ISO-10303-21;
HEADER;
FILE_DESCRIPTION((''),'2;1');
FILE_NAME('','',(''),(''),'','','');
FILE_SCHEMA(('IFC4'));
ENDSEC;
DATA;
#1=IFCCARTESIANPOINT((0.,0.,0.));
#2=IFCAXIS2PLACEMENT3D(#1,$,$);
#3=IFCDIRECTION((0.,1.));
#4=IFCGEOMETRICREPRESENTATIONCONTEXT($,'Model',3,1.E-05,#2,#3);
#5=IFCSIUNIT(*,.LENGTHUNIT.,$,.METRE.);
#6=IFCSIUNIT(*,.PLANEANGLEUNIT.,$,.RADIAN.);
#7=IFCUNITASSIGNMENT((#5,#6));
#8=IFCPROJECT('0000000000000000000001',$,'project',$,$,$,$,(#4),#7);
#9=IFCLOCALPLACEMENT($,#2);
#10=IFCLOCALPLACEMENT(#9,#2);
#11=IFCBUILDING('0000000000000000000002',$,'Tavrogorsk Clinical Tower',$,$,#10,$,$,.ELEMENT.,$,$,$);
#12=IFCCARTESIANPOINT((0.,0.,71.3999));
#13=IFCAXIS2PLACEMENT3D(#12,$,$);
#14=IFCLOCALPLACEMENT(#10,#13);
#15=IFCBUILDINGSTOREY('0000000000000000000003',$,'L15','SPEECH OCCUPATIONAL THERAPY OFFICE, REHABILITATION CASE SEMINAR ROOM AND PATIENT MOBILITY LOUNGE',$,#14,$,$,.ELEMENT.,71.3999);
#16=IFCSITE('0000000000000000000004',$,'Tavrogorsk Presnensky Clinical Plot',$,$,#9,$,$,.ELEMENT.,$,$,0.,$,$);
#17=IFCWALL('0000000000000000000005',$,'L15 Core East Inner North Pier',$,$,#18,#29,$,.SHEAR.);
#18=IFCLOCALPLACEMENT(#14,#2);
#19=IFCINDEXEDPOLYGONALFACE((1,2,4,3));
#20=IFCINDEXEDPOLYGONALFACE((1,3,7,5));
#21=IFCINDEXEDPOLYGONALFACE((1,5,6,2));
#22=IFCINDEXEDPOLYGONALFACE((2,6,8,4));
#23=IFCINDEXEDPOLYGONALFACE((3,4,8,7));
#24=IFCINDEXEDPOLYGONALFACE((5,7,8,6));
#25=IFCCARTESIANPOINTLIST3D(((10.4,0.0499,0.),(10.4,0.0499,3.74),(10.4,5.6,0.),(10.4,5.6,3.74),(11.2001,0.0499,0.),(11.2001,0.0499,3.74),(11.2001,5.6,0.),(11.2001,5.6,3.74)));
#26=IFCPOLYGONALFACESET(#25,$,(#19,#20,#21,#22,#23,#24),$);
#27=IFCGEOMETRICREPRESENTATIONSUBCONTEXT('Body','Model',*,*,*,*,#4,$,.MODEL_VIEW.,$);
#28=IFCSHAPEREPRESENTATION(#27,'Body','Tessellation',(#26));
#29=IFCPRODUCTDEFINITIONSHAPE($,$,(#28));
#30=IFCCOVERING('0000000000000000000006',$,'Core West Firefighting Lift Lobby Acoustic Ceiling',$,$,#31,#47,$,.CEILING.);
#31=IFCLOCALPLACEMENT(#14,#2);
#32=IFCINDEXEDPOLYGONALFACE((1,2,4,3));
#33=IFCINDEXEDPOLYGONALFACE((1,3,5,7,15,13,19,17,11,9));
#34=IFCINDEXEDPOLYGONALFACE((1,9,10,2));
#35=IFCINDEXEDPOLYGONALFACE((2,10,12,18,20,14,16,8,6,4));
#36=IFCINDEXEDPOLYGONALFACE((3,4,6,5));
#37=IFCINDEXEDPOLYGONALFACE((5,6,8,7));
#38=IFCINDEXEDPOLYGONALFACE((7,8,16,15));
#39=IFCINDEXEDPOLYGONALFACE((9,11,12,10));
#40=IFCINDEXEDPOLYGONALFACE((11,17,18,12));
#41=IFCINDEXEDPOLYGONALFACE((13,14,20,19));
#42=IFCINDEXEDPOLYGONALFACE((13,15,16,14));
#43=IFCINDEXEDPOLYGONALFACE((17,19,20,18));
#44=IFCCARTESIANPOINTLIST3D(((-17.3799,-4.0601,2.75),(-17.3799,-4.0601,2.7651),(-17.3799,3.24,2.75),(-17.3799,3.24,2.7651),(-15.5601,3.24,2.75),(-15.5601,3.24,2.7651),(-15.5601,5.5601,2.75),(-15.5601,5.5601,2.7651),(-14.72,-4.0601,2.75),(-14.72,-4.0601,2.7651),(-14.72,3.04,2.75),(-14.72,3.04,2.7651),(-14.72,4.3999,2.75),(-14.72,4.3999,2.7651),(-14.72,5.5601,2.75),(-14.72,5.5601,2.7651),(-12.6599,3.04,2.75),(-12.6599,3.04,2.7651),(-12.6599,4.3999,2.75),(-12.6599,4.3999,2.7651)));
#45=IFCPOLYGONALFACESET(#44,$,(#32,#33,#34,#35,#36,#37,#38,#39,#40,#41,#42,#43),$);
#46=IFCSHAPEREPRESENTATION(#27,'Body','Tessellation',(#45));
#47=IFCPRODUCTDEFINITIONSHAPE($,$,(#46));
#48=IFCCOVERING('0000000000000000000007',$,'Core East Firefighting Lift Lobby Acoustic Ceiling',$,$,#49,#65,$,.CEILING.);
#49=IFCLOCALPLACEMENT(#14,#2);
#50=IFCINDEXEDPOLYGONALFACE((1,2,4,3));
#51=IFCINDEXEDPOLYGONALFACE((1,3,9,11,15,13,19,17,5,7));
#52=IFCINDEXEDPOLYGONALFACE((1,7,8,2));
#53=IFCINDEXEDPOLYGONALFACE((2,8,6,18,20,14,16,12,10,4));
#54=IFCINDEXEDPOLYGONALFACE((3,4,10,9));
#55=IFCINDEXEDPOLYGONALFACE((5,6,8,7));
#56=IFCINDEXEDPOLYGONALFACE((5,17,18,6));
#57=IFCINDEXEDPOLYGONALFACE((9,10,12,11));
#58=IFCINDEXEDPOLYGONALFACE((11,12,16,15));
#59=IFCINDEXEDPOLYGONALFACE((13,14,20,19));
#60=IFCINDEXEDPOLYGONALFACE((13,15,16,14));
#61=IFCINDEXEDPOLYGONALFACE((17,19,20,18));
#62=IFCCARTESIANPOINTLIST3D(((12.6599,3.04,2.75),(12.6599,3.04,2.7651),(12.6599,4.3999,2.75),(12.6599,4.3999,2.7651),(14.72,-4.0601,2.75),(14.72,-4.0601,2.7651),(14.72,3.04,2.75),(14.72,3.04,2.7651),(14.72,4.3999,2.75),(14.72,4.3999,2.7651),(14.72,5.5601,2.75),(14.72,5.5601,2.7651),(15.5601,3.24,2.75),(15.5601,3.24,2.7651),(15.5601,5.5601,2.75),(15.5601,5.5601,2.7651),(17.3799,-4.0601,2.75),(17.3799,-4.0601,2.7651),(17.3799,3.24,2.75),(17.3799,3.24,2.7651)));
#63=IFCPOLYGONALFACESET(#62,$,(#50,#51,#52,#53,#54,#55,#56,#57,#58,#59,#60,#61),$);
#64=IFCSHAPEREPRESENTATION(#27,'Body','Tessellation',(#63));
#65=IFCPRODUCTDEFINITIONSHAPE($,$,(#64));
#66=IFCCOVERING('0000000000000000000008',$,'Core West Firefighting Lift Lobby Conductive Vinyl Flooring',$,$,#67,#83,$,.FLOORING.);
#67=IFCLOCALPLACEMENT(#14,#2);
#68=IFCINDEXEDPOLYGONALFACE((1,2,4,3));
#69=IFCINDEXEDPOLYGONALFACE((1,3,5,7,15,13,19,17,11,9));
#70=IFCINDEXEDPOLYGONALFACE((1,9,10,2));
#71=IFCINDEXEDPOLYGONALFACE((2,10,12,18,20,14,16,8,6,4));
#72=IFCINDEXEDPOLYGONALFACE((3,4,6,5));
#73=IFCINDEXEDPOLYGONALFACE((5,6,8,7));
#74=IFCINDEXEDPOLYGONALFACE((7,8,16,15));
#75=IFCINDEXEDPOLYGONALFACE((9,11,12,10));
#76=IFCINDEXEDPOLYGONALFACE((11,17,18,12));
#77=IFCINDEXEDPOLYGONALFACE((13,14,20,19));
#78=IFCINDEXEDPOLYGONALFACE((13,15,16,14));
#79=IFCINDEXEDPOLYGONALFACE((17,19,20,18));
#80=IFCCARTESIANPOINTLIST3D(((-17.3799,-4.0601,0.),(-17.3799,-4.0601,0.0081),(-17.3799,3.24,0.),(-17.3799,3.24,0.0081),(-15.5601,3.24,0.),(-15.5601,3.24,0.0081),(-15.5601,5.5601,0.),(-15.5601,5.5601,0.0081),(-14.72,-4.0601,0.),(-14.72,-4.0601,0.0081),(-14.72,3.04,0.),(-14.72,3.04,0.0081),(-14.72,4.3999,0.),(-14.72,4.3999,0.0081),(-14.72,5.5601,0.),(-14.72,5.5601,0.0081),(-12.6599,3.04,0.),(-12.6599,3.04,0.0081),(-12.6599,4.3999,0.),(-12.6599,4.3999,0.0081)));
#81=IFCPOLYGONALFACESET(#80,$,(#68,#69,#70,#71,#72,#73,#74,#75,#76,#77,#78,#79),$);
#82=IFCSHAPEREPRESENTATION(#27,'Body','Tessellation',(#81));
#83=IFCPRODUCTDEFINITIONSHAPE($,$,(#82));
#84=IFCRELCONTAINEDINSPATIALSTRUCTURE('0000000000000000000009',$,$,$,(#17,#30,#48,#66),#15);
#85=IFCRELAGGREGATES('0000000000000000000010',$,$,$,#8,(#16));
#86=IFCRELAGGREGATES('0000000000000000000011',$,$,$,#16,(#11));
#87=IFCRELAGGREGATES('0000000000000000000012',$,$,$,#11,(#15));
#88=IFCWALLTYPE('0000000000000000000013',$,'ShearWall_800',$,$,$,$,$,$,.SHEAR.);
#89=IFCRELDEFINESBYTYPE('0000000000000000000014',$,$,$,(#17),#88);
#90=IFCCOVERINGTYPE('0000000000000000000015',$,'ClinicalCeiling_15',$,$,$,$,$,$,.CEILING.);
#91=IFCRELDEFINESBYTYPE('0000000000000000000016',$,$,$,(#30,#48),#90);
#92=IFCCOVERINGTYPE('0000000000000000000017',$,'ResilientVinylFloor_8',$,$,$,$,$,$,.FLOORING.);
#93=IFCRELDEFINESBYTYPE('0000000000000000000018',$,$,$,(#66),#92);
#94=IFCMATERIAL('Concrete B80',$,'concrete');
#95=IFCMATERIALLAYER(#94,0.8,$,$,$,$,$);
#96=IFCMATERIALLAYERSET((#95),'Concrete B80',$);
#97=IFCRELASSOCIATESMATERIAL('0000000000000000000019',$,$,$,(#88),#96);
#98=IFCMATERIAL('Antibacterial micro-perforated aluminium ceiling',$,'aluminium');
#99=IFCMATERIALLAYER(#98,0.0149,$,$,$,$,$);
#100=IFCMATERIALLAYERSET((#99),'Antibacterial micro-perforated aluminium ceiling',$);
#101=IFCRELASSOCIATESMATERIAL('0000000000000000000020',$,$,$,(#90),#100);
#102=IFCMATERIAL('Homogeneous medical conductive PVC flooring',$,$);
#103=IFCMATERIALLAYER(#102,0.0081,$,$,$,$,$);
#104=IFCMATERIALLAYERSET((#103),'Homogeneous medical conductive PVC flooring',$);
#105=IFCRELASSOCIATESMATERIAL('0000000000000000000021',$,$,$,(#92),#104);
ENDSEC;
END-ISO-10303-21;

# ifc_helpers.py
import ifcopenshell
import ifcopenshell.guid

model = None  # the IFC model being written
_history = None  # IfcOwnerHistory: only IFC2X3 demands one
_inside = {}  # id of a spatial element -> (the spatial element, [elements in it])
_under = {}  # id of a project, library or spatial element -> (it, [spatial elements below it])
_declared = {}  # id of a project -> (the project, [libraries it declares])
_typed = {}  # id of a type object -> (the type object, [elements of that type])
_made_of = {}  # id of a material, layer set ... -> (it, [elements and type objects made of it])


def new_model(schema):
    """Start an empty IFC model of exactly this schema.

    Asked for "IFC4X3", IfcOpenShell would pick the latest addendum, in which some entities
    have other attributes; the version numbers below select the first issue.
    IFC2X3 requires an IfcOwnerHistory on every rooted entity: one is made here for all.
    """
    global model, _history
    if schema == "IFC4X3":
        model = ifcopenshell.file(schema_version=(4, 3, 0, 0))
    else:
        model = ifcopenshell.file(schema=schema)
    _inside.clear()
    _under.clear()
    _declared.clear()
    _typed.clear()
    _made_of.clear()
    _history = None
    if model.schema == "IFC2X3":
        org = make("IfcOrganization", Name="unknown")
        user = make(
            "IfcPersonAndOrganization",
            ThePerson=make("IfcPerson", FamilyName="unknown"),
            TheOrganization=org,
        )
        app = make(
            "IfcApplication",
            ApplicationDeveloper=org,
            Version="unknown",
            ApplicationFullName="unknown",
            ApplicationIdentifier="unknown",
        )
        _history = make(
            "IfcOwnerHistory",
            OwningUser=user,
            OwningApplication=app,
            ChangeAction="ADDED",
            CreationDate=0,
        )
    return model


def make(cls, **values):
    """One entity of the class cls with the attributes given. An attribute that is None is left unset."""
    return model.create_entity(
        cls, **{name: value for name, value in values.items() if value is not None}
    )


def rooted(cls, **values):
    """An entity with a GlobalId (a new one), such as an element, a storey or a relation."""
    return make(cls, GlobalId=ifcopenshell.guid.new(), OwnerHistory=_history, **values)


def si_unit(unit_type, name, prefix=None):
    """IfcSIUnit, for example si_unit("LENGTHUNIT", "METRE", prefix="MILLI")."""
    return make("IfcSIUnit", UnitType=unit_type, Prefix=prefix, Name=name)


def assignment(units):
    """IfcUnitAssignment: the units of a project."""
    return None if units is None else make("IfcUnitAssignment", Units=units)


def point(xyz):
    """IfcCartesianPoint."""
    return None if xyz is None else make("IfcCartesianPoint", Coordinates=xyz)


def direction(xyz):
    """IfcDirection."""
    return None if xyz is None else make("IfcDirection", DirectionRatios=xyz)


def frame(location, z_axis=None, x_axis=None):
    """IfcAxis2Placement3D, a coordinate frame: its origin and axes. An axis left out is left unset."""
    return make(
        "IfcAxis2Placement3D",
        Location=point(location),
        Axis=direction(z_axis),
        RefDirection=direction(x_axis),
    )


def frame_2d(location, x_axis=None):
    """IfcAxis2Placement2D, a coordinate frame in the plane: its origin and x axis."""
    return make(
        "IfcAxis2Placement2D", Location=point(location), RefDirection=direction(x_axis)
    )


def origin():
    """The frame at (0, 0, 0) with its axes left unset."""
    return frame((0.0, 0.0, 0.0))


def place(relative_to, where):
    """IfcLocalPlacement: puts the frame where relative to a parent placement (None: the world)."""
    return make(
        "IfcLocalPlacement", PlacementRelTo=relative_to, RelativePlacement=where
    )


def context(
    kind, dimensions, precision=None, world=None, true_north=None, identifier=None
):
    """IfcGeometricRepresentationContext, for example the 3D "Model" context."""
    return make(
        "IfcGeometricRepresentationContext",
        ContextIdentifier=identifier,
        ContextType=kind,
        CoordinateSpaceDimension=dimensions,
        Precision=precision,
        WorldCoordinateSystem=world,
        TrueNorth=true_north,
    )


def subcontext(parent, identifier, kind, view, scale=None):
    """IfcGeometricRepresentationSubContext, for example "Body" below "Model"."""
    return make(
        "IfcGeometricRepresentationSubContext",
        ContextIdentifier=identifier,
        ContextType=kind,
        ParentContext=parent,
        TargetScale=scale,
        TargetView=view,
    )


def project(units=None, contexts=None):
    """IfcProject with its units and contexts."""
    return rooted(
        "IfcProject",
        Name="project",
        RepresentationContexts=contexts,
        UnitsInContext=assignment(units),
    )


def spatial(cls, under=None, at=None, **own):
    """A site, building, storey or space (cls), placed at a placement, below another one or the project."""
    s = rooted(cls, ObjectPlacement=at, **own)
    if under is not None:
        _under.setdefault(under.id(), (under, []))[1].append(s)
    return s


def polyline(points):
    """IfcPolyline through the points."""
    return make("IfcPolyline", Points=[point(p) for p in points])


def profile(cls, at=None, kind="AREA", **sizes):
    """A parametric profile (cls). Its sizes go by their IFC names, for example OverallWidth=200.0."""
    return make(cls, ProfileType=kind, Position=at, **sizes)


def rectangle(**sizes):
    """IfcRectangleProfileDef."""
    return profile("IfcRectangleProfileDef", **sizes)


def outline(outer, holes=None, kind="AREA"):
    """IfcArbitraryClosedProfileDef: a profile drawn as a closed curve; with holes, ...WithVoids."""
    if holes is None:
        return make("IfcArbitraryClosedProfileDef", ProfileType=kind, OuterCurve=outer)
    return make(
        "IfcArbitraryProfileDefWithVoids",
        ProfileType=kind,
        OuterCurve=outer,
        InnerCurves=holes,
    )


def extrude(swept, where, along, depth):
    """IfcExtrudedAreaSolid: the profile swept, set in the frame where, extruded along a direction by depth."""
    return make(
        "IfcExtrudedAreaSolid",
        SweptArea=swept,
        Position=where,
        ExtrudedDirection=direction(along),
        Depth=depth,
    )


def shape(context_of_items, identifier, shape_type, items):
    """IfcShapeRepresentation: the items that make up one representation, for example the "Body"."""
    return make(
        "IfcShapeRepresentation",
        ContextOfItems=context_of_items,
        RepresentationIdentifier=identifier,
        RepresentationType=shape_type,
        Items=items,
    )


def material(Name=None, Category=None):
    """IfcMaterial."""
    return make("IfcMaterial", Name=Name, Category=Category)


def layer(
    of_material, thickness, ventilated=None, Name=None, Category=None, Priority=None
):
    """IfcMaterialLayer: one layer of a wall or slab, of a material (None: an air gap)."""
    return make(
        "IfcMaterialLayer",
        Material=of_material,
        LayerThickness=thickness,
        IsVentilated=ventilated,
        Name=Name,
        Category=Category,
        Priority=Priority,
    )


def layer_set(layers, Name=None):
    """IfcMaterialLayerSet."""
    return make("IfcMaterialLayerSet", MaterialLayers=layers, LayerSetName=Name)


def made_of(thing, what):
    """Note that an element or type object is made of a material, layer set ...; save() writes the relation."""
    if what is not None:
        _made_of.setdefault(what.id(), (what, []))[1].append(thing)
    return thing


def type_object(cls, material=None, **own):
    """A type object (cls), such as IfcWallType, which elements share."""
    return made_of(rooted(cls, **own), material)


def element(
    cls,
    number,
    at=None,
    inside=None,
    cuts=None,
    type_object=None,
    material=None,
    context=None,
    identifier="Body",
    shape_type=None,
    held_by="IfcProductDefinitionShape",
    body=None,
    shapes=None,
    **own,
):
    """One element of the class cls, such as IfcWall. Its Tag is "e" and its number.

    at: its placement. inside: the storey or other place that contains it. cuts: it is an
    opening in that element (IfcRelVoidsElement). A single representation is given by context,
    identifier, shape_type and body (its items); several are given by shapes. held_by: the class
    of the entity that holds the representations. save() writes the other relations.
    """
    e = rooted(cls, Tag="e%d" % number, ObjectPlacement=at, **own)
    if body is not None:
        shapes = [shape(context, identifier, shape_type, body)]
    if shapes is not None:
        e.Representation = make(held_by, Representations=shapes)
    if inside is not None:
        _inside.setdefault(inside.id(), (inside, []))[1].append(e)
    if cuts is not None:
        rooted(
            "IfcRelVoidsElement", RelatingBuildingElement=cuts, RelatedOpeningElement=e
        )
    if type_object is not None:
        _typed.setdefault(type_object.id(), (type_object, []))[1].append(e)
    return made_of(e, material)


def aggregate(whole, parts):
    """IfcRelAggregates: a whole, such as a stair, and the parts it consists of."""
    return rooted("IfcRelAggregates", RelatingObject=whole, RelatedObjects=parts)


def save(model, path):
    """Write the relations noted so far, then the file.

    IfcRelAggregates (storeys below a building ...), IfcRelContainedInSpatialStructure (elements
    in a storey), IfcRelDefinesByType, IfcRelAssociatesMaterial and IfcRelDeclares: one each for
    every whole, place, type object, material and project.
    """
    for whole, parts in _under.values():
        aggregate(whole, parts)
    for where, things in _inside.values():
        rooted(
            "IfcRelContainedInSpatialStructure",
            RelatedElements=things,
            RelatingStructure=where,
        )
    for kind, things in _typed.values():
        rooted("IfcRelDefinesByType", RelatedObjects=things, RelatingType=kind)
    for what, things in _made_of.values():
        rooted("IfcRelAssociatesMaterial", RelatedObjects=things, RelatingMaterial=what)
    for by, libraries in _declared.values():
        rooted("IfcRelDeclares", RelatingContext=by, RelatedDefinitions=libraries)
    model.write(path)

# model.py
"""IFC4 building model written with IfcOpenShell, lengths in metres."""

from ifc_helpers import new_model, si_unit, direction, frame, frame_2d, origin, place, context, subcontext, project, spatial, polyline, rectangle, outline, extrude, material, layer, layer_set, type_object, element, save


model = new_model("IFC4")

# Units and contexts
model_context = context("Model", 3, precision=1e-05, world=origin(), true_north=direction((0.0, 1.0)))
body_context = subcontext(model_context, "Body", "Model", "MODEL_VIEW")
ifc_project = project(units=[si_unit("LENGTHUNIT", "METRE"), si_unit("PLANEANGLEUNIT", "RADIAN")], contexts=[model_context])

# Site, building, storey
site_placement = place(None, origin())
site = spatial("IfcSite", under=ifc_project, at=site_placement, Name="Tavrogorsk Presnensky Clinical Plot", CompositionType="ELEMENT", RefElevation=0.0)
building_placement = place(site_placement, origin())
building = spatial("IfcBuilding", under=site, at=building_placement, Name="Tavrogorsk Clinical Tower", CompositionType="ELEMENT")
storey_placement = place(building_placement, frame((0.0, 0.0, 71.3999)))
storey = spatial("IfcBuildingStorey", under=building, at=storey_placement, Name="L15", Description="SPEECH OCCUPATIONAL THERAPY OFFICE, REHABILITATION CASE SEMINAR ROOM AND PATIENT MOBILITY LOUNGE", CompositionType="ELEMENT", Elevation=71.3999)

# Wall
ifc_material_1 = material(Name="Concrete B80", Category="concrete")
ifc_layer_1 = layer(ifc_material_1, 0.8)
ifc_layer_set_1 = layer_set([ifc_layer_1], Name="Concrete B80")
wall_type_1 = type_object("IfcWallType", Name="ShearWall_800", PredefinedType="SHEAR", material=ifc_layer_set_1)
wall_1_placement = place(storey_placement, frame((10.8, 0.05, 0.0), z_axis=(0.0, 0.0, 1.0), x_axis=(0.0, 1.0, 0.0)))
element("IfcWall", 1, at=wall_1_placement, inside=storey, type_object=wall_type_1, Name="L15 Core East Inner North Pier", PredefinedType="SHEAR", context=body_context, shape_type="SweptSolid", body=[
    extrude(rectangle(XDim=5.55, YDim=0.8, at=frame_2d((2.7749, 0.0))), origin(), (0.0, 0.0, 1.0), 3.74),
])

# Coverings
ifc_material_2 = material(Name="Antibacterial micro-perforated aluminium ceiling", Category="aluminium")
ifc_layer_2 = layer(ifc_material_2, 0.0149)
ifc_layer_set_2 = layer_set([ifc_layer_2], Name="Antibacterial micro-perforated aluminium ceiling")
covering_type_1 = type_object("IfcCoveringType", Name="ClinicalCeiling_15", PredefinedType="CEILING", material=ifc_layer_set_2)
covering_1_placement = place(storey_placement, frame((0.0, 0.0, 2.75)))
element("IfcCovering", 2, at=covering_1_placement, inside=storey, type_object=covering_type_1, Name="Core West Firefighting Lift Lobby Acoustic Ceiling", PredefinedType="CEILING", context=body_context, shape_type="SweptSolid", body=[
    extrude(outline(polyline([(-17.3799, -4.0601), (-17.3799, 3.24), (-15.5601, 3.24), (-15.5601, 5.5601), (-14.72, 5.5601), (-14.72, 4.3999), (-12.6599, 4.3999), (-12.6599, 3.04), (-14.72, 3.04), (-14.72, -4.0601), (-17.3799, -4.0601)])), origin(), (0.0, 0.0, 1.0), 0.0151),
])
covering_2_placement = place(storey_placement, frame((0.0, 0.0, 2.75)))
element("IfcCovering", 3, at=covering_2_placement, inside=storey, type_object=covering_type_1, Name="Core East Firefighting Lift Lobby Acoustic Ceiling", PredefinedType="CEILING", context=body_context, shape_type="SweptSolid", body=[
    extrude(outline(polyline([(14.72, 3.04), (12.6599, 3.04), (12.6599, 4.3999), (14.72, 4.3999), (14.72, 5.5601), (15.5601, 5.5601), (15.5601, 3.24), (17.3799, 3.24), (17.3799, -4.0601), (14.72, -4.0601), (14.72, 3.04)])), origin(), (0.0, 0.0, 1.0), 0.0151),
])
ifc_material_3 = material(Name="Homogeneous medical conductive PVC flooring")
ifc_layer_3 = layer(ifc_material_3, 0.0081)
ifc_layer_set_3 = layer_set([ifc_layer_3], Name="Homogeneous medical conductive PVC flooring")
covering_type_2 = type_object("IfcCoveringType", Name="ResilientVinylFloor_8", PredefinedType="FLOORING", material=ifc_layer_set_3)
covering_3_placement = place(storey_placement, origin())
element("IfcCovering", 4, at=covering_3_placement, inside=storey, type_object=covering_type_2, Name="Core West Firefighting Lift Lobby Conductive Vinyl Flooring", PredefinedType="FLOORING", context=body_context, shape_type="SweptSolid", body=[
    extrude(outline(polyline([(-17.3799, -4.0601), (-17.3799, 3.24), (-15.5601, 3.24), (-15.5601, 5.5601), (-14.72, 5.5601), (-14.72, 4.3999), (-12.6599, 4.3999), (-12.6599, 3.04), (-14.72, 3.04), (-14.72, -4.0601), (-17.3799, -4.0601)])), origin(), (0.0, 0.0, 1.0), 0.0081),
])

save(model, "model.ifc")
